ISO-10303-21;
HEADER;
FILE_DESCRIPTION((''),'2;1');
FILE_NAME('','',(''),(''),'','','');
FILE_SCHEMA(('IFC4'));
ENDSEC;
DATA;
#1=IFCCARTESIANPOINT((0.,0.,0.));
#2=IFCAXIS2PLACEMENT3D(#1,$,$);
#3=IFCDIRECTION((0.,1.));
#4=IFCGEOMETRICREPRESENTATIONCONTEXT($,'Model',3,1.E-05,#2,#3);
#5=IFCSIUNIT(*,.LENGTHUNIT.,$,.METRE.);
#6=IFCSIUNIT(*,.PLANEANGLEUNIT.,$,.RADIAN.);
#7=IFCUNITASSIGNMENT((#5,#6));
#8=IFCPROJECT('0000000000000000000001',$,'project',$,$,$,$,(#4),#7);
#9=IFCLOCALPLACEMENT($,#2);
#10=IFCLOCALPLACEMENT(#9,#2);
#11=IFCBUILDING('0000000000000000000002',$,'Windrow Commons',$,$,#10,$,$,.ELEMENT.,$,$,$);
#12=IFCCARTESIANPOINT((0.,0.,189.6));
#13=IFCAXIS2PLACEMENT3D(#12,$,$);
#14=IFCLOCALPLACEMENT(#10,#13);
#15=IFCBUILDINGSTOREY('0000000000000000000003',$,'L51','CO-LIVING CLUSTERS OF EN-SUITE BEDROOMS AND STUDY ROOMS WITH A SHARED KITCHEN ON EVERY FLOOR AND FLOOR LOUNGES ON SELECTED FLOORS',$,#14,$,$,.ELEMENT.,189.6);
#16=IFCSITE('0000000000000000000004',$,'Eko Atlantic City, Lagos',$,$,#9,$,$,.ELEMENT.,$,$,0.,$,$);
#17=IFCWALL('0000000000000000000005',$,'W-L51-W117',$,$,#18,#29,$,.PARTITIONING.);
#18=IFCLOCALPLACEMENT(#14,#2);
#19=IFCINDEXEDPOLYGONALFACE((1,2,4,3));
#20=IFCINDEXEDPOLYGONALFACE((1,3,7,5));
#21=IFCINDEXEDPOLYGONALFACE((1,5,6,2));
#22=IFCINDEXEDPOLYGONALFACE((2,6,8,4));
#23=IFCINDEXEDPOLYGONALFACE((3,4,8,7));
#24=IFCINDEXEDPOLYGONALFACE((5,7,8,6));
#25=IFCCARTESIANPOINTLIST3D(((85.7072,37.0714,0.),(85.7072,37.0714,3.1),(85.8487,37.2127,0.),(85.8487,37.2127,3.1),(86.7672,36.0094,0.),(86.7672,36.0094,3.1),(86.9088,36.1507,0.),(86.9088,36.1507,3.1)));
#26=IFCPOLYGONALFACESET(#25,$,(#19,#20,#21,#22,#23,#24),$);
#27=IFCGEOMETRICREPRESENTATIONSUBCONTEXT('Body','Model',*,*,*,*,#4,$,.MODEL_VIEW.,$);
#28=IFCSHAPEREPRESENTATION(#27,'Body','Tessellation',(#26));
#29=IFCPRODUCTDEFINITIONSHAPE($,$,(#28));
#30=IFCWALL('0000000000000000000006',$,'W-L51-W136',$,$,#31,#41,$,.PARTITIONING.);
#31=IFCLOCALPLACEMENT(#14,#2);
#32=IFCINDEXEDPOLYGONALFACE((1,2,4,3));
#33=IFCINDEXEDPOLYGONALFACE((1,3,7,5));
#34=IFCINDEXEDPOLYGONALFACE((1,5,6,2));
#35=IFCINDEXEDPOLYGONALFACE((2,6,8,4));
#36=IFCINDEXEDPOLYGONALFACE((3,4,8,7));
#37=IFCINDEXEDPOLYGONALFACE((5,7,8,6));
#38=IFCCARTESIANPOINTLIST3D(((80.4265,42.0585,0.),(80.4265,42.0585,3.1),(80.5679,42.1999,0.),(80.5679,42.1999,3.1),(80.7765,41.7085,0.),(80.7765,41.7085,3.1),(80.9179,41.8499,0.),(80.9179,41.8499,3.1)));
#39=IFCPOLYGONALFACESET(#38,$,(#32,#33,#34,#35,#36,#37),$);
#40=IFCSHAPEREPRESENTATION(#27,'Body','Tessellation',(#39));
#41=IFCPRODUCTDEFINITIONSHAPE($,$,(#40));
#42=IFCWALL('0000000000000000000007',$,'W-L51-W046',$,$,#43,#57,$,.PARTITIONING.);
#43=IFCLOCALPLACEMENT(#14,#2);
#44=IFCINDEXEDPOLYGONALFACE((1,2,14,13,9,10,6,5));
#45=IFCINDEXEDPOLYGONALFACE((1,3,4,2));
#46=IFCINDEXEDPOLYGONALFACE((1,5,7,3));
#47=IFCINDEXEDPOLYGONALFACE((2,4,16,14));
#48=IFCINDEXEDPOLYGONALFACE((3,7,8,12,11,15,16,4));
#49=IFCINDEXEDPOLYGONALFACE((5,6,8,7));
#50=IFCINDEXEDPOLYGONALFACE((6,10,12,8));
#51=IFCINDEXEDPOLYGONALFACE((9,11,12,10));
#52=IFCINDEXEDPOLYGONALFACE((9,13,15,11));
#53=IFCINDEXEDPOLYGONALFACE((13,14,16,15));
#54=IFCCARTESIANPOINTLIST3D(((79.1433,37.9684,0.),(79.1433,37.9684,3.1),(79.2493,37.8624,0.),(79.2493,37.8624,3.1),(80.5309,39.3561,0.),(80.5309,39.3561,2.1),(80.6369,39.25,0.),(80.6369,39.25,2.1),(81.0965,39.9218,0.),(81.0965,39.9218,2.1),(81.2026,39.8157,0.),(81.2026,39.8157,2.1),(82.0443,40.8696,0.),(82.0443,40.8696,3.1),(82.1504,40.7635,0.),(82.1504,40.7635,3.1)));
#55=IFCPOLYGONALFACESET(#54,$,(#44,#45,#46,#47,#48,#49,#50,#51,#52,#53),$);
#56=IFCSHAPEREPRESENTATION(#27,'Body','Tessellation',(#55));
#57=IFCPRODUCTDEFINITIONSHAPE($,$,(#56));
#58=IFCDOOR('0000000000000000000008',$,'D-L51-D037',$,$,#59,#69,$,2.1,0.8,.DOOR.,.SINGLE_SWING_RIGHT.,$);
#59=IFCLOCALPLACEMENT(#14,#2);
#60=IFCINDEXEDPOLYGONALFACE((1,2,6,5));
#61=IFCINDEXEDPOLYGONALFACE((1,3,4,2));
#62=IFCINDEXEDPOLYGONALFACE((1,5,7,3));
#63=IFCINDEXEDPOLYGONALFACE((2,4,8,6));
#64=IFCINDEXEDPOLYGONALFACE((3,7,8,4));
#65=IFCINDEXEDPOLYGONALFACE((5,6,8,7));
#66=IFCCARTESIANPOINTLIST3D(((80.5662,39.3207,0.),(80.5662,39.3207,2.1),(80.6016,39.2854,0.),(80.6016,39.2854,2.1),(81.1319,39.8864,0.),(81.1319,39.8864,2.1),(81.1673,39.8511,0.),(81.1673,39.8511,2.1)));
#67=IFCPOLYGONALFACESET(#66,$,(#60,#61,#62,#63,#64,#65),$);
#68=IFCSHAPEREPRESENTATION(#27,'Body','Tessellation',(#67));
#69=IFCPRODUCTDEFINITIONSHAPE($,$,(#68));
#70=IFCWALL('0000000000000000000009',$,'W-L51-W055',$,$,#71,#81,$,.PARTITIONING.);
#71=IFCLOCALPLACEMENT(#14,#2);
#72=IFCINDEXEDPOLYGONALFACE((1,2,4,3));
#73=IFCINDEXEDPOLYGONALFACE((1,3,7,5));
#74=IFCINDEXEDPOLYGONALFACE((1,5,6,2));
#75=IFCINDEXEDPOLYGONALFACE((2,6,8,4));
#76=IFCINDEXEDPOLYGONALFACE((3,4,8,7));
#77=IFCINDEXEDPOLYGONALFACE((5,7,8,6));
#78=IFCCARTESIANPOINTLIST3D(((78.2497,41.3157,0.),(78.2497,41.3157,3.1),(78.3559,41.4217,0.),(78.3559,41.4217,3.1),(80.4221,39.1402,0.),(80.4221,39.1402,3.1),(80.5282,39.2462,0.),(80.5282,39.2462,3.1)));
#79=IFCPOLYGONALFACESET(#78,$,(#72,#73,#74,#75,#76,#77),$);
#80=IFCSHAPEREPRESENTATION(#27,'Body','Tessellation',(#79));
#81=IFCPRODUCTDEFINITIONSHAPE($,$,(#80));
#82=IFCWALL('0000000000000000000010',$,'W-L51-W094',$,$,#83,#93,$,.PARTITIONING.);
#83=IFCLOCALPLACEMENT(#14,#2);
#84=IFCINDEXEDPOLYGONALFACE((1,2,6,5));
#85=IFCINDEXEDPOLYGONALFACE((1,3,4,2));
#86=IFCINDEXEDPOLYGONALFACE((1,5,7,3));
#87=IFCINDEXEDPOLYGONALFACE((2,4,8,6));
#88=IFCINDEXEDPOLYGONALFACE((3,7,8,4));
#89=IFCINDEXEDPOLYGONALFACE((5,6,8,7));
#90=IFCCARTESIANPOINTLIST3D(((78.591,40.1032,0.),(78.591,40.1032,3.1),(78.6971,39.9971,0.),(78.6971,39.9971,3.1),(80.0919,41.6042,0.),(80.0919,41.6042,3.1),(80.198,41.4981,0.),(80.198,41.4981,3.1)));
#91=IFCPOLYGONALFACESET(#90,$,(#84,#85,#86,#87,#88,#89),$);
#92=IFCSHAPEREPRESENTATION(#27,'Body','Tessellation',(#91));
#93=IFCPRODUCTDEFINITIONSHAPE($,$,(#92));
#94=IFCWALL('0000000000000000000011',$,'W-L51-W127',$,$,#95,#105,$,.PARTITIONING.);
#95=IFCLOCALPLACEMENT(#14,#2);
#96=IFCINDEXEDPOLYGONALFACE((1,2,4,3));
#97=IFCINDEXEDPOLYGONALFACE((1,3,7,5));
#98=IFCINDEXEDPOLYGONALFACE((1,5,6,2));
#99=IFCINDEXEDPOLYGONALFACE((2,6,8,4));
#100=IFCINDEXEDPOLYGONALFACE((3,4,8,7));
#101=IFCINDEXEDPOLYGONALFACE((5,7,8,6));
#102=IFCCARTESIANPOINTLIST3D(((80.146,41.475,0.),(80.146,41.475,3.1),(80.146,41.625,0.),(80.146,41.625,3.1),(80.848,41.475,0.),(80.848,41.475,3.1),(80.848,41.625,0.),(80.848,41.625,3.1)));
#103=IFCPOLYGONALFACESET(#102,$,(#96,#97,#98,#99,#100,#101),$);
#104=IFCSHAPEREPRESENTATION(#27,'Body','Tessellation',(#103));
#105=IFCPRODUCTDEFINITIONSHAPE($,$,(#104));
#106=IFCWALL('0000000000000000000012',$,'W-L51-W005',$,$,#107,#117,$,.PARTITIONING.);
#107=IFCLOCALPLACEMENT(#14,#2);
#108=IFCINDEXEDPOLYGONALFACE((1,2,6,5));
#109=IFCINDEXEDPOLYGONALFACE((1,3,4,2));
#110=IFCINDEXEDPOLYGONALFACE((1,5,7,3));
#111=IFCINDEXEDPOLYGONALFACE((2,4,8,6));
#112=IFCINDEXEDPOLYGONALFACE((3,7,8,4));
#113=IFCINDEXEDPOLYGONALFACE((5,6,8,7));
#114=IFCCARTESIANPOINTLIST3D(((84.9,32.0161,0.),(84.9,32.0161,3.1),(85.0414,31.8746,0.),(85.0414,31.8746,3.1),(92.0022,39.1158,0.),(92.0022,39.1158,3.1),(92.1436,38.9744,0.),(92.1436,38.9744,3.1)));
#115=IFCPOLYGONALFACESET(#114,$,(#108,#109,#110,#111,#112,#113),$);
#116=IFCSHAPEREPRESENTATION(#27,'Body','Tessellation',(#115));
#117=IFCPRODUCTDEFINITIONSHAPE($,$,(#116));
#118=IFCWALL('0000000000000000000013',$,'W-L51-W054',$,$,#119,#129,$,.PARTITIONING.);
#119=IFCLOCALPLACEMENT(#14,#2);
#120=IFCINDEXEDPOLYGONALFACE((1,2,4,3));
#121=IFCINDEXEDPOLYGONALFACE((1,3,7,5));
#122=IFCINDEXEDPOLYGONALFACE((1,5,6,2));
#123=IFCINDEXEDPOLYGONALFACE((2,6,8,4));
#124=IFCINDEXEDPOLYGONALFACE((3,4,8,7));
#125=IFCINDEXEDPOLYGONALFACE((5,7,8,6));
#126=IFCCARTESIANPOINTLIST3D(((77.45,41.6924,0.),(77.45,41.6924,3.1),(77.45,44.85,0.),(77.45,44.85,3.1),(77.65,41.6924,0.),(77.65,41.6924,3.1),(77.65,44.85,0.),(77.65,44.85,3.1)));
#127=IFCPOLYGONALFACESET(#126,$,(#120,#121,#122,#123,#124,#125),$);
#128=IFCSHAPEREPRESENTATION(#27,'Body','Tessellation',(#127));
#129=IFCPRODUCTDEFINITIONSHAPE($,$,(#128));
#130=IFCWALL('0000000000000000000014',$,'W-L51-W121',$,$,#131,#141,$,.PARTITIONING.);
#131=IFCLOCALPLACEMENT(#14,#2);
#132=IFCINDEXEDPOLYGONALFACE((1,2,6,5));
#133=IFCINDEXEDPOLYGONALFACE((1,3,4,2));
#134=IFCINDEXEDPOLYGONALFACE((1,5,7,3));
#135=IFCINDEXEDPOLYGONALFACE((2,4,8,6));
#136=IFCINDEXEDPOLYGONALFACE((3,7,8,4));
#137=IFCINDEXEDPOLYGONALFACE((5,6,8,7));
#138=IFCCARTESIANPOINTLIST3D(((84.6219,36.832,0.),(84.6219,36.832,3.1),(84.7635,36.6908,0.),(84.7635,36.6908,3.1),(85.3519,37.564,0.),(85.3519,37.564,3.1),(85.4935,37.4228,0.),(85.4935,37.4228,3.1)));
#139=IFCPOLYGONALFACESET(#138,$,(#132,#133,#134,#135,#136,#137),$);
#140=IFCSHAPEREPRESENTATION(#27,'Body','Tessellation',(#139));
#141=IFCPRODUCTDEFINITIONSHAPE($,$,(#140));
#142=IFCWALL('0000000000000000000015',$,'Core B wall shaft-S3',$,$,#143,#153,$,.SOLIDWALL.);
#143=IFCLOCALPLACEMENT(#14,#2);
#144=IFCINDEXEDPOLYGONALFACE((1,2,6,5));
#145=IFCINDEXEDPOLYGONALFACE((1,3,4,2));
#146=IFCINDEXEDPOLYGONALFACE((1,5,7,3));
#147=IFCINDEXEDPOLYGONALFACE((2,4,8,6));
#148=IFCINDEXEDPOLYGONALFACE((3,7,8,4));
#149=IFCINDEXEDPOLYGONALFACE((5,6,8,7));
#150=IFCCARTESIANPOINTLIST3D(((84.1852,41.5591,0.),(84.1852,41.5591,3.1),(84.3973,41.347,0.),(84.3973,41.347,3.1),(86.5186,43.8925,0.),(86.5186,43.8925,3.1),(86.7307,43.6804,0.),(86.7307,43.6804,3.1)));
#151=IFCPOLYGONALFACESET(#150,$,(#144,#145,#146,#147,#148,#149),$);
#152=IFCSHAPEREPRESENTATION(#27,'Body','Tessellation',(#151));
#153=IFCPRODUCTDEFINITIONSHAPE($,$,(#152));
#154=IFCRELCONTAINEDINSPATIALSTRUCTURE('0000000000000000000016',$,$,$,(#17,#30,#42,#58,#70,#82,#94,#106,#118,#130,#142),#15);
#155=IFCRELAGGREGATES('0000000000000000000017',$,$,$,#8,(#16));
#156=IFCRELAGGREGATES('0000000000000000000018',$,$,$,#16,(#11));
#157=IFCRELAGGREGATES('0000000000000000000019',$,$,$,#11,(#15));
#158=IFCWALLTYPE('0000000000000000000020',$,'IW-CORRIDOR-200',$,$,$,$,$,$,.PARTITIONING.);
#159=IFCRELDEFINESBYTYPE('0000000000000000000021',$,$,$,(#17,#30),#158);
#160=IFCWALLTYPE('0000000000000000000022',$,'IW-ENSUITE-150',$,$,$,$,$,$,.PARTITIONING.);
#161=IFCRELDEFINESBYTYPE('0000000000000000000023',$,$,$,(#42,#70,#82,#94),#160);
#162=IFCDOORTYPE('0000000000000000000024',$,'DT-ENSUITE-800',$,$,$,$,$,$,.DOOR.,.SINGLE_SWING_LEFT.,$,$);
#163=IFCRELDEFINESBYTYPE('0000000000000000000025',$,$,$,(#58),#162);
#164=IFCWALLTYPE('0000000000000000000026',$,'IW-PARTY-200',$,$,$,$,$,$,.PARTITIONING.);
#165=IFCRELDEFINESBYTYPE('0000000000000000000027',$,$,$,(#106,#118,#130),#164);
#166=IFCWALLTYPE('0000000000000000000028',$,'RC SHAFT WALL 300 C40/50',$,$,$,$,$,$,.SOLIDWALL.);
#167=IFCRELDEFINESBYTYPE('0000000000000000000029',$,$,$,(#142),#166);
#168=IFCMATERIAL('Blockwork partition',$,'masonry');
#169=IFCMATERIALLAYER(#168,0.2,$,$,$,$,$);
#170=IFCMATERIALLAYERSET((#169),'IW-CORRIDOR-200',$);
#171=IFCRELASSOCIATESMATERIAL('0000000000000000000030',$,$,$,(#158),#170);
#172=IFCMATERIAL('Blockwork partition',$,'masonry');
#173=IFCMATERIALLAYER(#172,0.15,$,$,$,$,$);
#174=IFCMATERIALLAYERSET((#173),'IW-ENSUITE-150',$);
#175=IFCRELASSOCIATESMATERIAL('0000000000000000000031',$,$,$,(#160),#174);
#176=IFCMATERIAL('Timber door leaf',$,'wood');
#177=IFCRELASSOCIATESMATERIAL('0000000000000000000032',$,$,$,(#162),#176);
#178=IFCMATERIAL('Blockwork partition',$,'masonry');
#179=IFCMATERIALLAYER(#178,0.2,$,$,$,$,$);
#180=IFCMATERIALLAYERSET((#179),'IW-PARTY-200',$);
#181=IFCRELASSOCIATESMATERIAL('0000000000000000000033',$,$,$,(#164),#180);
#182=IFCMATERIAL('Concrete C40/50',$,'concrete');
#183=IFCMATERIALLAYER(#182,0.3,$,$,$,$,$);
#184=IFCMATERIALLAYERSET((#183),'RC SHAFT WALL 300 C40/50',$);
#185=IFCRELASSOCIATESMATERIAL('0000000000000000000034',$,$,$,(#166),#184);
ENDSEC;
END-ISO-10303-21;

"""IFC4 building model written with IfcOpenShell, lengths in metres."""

from ifc_helpers import new_model, si_unit, direction, frame, frame_2d, origin, place, context, subcontext, project, spatial, rectangle, extrude, material, layer, layer_set, type_object, element, fill, save


model = new_model("IFC4")

# Units and contexts
model_context = context("Model", 3, precision=1e-05, world=origin(), true_north=direction((0.0, 1.0)))
body_context = subcontext(model_context, "Body", "Model", "MODEL_VIEW")
ifc_project = project(units=[si_unit("LENGTHUNIT", "METRE"), si_unit("PLANEANGLEUNIT", "RADIAN")], contexts=[model_context])

# Site, building, storey
site_placement = place(None, origin())
site = spatial("IfcSite", under=ifc_project, at=site_placement, Name="Eko Atlantic City, Lagos", CompositionType="ELEMENT", RefElevation=0.0)
building_placement = place(site_placement, origin())
building = spatial("IfcBuilding", under=site, at=building_placement, Name="Windrow Commons", CompositionType="ELEMENT")
storey_placement = place(building_placement, frame((0.0, 0.0, 189.6)))
storey = spatial("IfcBuildingStorey", under=building, at=storey_placement, Name="L51", Description="CO-LIVING CLUSTERS OF EN-SUITE BEDROOMS AND STUDY ROOMS WITH A SHARED KITCHEN ON EVERY FLOOR AND FLOOR LOUNGES ON SELECTED FLOORS", CompositionType="ELEMENT", Elevation=189.6)

# Shared definitions
ifc_material_1 = material(Name="Blockwork partition", Category="masonry")
ifc_layer_1 = layer(ifc_material_1, 0.2)
ifc_layer_set_1 = layer_set([ifc_layer_1], Name="IW-CORRIDOR-200")
wall_type_1 = type_object("IfcWallType", Name="IW-CORRIDOR-200", PredefinedType="PARTITIONING", material=ifc_layer_set_1)

# Walls
wall_1_placement = place(storey_placement, frame((85.778, 37.142, 0.0), z_axis=(0.0, 0.0, 1.0), x_axis=(0.70644, -0.707773, 0.0)))
element("IfcWall", 1, at=wall_1_placement, inside=storey, type_object=wall_type_1, Name="W-L51-W117", PredefinedType="PARTITIONING", context=body_context, shape_type="SweptSolid", body=[
    extrude(rectangle(XDim=1.5005, YDim=0.2, at=frame_2d((0.7502, 0.0))), origin(), (0.0, 0.0, 1.0), 3.1),
])
wall_2_placement = place(storey_placement, frame((80.4972, 42.1292, 0.0), z_axis=(0.0, 0.0, 1.0), x_axis=(0.707107, -0.707107, 0.0)))
element("IfcWall", 2, at=wall_2_placement, inside=storey, type_object=wall_type_1, Name="W-L51-W136", PredefinedType="PARTITIONING", context=body_context, shape_type="SweptSolid", body=[
    extrude(rectangle(XDim=0.495, YDim=0.2, at=frame_2d((0.2475, 0.0))), origin(), (0.0, 0.0, 1.0), 3.1),
])

# Wall, opening, door
ifc_material_2 = material(Name="Blockwork partition", Category="masonry")
ifc_layer_2 = layer(ifc_material_2, 0.15)
ifc_layer_set_2 = layer_set([ifc_layer_2], Name="IW-ENSUITE-150")
wall_type_2 = type_object("IfcWallType", Name="IW-ENSUITE-150", PredefinedType="PARTITIONING", material=ifc_layer_set_2)
wall_3_placement = place(storey_placement, frame((79.1963, 37.9154, 0.0), z_axis=(0.0, 0.0, 1.0), x_axis=(0.707095, 0.707119, 0.0)))
wall_3 = element("IfcWall", 3, at=wall_3_placement, inside=storey, type_object=wall_type_2, Name="W-L51-W046", PredefinedType="PARTITIONING", context=body_context, shape_type="SweptSolid", body=[
    extrude(rectangle(XDim=4.1028, YDim=0.15, at=frame_2d((2.0514, 0.0))), origin(), (0.0, 0.0, 1.0), 3.1),
])
opening_1_placement = place(wall_3_placement, frame((1.9624, 0.0, 0.0)))
opening_1 = element("IfcOpeningElement", 4, at=opening_1_placement, cuts=wall_3, PredefinedType="OPENING", context=body_context, shape_type="SweptSolid", body=[
    extrude(rectangle(XDim=0.8, YDim=2.1, at=frame_2d((0.4, 1.05))), frame((0.0, 0.085, 0.0), z_axis=(0.0, -1.0, 0.0), x_axis=(1.0, 0.0, 0.0)), (0.0, 0.0, 1.0), 0.17),
])
ifc_material_3 = material(Name="Timber door leaf", Category="wood")
door_type_1 = type_object("IfcDoorType", Name="DT-ENSUITE-800", OperationType="SINGLE_SWING_LEFT", PredefinedType="DOOR", material=ifc_material_3)
door_1_placement = place(opening_1_placement, origin())
door_1 = element("IfcDoor", 5, at=door_1_placement, inside=storey, type_object=door_type_1, Name="D-L51-D037", OperationType="SINGLE_SWING_RIGHT", OverallHeight=2.1, OverallWidth=0.8, PredefinedType="DOOR", context=body_context, shape_type="SweptSolid", body=[
    extrude(rectangle(XDim=0.8, YDim=2.1, at=frame_2d((0.4, 1.05))), frame((0.0, 0.025, 0.0), z_axis=(0.0, -1.0, 0.0), x_axis=(1.0, 0.0, 0.0)), (0.0, 0.0, 1.0), 0.05),
])
fill(opening_1, door_1)

# Walls
wall_4_placement = place(storey_placement, frame((78.3028, 41.3687, 0.0), z_axis=(0.0, 0.0, 1.0), x_axis=(0.706602, -0.707611, 0.0)))
element("IfcWall", 6, at=wall_4_placement, inside=storey, type_object=wall_type_2, Name="W-L51-W055", PredefinedType="PARTITIONING", context=body_context, shape_type="SweptSolid", body=[
    extrude(rectangle(XDim=3.0744, YDim=0.15, at=frame_2d((1.5372, 0.0))), origin(), (0.0, 0.0, 1.0), 3.1),
])
wall_5_placement = place(storey_placement, frame((78.644, 40.0501, 0.0), z_axis=(0.0, 0.0, 1.0), x_axis=(0.707083, 0.70713, 0.0)))
element("IfcWall", 7, at=wall_5_placement, inside=storey, type_object=wall_type_2, Name="W-L51-W094", PredefinedType="PARTITIONING", context=body_context, shape_type="SweptSolid", body=[
    extrude(rectangle(XDim=2.1227, YDim=0.15, at=frame_2d((1.0614, 0.0))), origin(), (0.0, 0.0, 1.0), 3.1),
])
wall_6_placement = place(storey_placement, frame((80.146, 41.55, 0.0), z_axis=(0.0, 0.0, 1.0), x_axis=(1.0, 0.0, 0.0)))
element("IfcWall", 8, at=wall_6_placement, inside=storey, type_object=wall_type_2, Name="W-L51-W127", PredefinedType="PARTITIONING", context=body_context, shape_type="SweptSolid", body=[
    extrude(rectangle(XDim=0.702, YDim=0.15, at=frame_2d((0.351, 0.0))), origin(), (0.0, 0.0, 1.0), 3.1),
])
ifc_material_4 = material(Name="Blockwork partition", Category="masonry")
ifc_layer_3 = layer(ifc_material_4, 0.2)
ifc_layer_set_3 = layer_set([ifc_layer_3], Name="IW-PARTY-200")
wall_type_3 = type_object("IfcWallType", Name="IW-PARTY-200", PredefinedType="PARTITIONING", material=ifc_layer_set_3)
wall_7_placement = place(storey_placement, frame((84.9707, 31.9454, 0.0), z_axis=(0.0, 0.0, 1.0), x_axis=(0.707231, 0.706982, 0.0)))
element("IfcWall", 9, at=wall_7_placement, inside=storey, type_object=wall_type_3, Name="W-L51-W005", PredefinedType="PARTITIONING", context=body_context, shape_type="SweptSolid", body=[
    extrude(rectangle(XDim=10.0423, YDim=0.2, at=frame_2d((5.0211, 0.0))), origin(), (0.0, 0.0, 1.0), 3.1),
])
wall_8_placement = place(storey_placement, frame((77.55, 41.6924, 0.0), z_axis=(0.0, 0.0, 1.0), x_axis=(0.0, 1.0, 0.0)))
element("IfcWall", 10, at=wall_8_placement, inside=storey, type_object=wall_type_3, Name="W-L51-W054", PredefinedType="PARTITIONING", context=body_context, shape_type="SweptSolid", body=[
    extrude(rectangle(XDim=3.1576, YDim=0.2, at=frame_2d((1.5788, 0.0))), origin(), (0.0, 0.0, 1.0), 3.1),
])
wall_9_placement = place(storey_placement, frame((84.6927, 36.7614, 0.0), z_axis=(0.0, 0.0, 1.0), x_axis=(0.706139, 0.708073, 0.0)))
element("IfcWall", 11, at=wall_9_placement, inside=storey, type_object=wall_type_3, Name="W-L51-W121", PredefinedType="PARTITIONING", context=body_context, shape_type="SweptSolid", body=[
    extrude(rectangle(XDim=1.0338, YDim=0.2, at=frame_2d((0.5169, 0.0))), origin(), (0.0, 0.0, 1.0), 3.1),
])
ifc_material_5 = material(Name="Concrete C40/50", Category="concrete")
ifc_layer_4 = layer(ifc_material_5, 0.3)
ifc_layer_set_4 = layer_set([ifc_layer_4], Name="RC SHAFT WALL 300 C40/50")
wall_type_4 = type_object("IfcWallType", Name="RC SHAFT WALL 300 C40/50", PredefinedType="SOLIDWALL", material=ifc_layer_set_4)
wall_10_placement = place(storey_placement, frame((84.2912, 41.453, 0.0), z_axis=(0.0, 0.0, 1.0), x_axis=(0.707107, 0.707107, 0.0)))
element("IfcWall", 12, at=wall_10_placement, inside=storey, type_object=wall_type_4, Name="Core B wall shaft-S3", PredefinedType="SOLIDWALL", context=body_context, shape_type="SweptSolid", body=[
    extrude(rectangle(XDim=3.2999, YDim=0.3, at=frame_2d((1.65, 0.0))), origin(), (0.0, 0.0, 1.0), 3.1),
])

save(model, "model.ifc")
